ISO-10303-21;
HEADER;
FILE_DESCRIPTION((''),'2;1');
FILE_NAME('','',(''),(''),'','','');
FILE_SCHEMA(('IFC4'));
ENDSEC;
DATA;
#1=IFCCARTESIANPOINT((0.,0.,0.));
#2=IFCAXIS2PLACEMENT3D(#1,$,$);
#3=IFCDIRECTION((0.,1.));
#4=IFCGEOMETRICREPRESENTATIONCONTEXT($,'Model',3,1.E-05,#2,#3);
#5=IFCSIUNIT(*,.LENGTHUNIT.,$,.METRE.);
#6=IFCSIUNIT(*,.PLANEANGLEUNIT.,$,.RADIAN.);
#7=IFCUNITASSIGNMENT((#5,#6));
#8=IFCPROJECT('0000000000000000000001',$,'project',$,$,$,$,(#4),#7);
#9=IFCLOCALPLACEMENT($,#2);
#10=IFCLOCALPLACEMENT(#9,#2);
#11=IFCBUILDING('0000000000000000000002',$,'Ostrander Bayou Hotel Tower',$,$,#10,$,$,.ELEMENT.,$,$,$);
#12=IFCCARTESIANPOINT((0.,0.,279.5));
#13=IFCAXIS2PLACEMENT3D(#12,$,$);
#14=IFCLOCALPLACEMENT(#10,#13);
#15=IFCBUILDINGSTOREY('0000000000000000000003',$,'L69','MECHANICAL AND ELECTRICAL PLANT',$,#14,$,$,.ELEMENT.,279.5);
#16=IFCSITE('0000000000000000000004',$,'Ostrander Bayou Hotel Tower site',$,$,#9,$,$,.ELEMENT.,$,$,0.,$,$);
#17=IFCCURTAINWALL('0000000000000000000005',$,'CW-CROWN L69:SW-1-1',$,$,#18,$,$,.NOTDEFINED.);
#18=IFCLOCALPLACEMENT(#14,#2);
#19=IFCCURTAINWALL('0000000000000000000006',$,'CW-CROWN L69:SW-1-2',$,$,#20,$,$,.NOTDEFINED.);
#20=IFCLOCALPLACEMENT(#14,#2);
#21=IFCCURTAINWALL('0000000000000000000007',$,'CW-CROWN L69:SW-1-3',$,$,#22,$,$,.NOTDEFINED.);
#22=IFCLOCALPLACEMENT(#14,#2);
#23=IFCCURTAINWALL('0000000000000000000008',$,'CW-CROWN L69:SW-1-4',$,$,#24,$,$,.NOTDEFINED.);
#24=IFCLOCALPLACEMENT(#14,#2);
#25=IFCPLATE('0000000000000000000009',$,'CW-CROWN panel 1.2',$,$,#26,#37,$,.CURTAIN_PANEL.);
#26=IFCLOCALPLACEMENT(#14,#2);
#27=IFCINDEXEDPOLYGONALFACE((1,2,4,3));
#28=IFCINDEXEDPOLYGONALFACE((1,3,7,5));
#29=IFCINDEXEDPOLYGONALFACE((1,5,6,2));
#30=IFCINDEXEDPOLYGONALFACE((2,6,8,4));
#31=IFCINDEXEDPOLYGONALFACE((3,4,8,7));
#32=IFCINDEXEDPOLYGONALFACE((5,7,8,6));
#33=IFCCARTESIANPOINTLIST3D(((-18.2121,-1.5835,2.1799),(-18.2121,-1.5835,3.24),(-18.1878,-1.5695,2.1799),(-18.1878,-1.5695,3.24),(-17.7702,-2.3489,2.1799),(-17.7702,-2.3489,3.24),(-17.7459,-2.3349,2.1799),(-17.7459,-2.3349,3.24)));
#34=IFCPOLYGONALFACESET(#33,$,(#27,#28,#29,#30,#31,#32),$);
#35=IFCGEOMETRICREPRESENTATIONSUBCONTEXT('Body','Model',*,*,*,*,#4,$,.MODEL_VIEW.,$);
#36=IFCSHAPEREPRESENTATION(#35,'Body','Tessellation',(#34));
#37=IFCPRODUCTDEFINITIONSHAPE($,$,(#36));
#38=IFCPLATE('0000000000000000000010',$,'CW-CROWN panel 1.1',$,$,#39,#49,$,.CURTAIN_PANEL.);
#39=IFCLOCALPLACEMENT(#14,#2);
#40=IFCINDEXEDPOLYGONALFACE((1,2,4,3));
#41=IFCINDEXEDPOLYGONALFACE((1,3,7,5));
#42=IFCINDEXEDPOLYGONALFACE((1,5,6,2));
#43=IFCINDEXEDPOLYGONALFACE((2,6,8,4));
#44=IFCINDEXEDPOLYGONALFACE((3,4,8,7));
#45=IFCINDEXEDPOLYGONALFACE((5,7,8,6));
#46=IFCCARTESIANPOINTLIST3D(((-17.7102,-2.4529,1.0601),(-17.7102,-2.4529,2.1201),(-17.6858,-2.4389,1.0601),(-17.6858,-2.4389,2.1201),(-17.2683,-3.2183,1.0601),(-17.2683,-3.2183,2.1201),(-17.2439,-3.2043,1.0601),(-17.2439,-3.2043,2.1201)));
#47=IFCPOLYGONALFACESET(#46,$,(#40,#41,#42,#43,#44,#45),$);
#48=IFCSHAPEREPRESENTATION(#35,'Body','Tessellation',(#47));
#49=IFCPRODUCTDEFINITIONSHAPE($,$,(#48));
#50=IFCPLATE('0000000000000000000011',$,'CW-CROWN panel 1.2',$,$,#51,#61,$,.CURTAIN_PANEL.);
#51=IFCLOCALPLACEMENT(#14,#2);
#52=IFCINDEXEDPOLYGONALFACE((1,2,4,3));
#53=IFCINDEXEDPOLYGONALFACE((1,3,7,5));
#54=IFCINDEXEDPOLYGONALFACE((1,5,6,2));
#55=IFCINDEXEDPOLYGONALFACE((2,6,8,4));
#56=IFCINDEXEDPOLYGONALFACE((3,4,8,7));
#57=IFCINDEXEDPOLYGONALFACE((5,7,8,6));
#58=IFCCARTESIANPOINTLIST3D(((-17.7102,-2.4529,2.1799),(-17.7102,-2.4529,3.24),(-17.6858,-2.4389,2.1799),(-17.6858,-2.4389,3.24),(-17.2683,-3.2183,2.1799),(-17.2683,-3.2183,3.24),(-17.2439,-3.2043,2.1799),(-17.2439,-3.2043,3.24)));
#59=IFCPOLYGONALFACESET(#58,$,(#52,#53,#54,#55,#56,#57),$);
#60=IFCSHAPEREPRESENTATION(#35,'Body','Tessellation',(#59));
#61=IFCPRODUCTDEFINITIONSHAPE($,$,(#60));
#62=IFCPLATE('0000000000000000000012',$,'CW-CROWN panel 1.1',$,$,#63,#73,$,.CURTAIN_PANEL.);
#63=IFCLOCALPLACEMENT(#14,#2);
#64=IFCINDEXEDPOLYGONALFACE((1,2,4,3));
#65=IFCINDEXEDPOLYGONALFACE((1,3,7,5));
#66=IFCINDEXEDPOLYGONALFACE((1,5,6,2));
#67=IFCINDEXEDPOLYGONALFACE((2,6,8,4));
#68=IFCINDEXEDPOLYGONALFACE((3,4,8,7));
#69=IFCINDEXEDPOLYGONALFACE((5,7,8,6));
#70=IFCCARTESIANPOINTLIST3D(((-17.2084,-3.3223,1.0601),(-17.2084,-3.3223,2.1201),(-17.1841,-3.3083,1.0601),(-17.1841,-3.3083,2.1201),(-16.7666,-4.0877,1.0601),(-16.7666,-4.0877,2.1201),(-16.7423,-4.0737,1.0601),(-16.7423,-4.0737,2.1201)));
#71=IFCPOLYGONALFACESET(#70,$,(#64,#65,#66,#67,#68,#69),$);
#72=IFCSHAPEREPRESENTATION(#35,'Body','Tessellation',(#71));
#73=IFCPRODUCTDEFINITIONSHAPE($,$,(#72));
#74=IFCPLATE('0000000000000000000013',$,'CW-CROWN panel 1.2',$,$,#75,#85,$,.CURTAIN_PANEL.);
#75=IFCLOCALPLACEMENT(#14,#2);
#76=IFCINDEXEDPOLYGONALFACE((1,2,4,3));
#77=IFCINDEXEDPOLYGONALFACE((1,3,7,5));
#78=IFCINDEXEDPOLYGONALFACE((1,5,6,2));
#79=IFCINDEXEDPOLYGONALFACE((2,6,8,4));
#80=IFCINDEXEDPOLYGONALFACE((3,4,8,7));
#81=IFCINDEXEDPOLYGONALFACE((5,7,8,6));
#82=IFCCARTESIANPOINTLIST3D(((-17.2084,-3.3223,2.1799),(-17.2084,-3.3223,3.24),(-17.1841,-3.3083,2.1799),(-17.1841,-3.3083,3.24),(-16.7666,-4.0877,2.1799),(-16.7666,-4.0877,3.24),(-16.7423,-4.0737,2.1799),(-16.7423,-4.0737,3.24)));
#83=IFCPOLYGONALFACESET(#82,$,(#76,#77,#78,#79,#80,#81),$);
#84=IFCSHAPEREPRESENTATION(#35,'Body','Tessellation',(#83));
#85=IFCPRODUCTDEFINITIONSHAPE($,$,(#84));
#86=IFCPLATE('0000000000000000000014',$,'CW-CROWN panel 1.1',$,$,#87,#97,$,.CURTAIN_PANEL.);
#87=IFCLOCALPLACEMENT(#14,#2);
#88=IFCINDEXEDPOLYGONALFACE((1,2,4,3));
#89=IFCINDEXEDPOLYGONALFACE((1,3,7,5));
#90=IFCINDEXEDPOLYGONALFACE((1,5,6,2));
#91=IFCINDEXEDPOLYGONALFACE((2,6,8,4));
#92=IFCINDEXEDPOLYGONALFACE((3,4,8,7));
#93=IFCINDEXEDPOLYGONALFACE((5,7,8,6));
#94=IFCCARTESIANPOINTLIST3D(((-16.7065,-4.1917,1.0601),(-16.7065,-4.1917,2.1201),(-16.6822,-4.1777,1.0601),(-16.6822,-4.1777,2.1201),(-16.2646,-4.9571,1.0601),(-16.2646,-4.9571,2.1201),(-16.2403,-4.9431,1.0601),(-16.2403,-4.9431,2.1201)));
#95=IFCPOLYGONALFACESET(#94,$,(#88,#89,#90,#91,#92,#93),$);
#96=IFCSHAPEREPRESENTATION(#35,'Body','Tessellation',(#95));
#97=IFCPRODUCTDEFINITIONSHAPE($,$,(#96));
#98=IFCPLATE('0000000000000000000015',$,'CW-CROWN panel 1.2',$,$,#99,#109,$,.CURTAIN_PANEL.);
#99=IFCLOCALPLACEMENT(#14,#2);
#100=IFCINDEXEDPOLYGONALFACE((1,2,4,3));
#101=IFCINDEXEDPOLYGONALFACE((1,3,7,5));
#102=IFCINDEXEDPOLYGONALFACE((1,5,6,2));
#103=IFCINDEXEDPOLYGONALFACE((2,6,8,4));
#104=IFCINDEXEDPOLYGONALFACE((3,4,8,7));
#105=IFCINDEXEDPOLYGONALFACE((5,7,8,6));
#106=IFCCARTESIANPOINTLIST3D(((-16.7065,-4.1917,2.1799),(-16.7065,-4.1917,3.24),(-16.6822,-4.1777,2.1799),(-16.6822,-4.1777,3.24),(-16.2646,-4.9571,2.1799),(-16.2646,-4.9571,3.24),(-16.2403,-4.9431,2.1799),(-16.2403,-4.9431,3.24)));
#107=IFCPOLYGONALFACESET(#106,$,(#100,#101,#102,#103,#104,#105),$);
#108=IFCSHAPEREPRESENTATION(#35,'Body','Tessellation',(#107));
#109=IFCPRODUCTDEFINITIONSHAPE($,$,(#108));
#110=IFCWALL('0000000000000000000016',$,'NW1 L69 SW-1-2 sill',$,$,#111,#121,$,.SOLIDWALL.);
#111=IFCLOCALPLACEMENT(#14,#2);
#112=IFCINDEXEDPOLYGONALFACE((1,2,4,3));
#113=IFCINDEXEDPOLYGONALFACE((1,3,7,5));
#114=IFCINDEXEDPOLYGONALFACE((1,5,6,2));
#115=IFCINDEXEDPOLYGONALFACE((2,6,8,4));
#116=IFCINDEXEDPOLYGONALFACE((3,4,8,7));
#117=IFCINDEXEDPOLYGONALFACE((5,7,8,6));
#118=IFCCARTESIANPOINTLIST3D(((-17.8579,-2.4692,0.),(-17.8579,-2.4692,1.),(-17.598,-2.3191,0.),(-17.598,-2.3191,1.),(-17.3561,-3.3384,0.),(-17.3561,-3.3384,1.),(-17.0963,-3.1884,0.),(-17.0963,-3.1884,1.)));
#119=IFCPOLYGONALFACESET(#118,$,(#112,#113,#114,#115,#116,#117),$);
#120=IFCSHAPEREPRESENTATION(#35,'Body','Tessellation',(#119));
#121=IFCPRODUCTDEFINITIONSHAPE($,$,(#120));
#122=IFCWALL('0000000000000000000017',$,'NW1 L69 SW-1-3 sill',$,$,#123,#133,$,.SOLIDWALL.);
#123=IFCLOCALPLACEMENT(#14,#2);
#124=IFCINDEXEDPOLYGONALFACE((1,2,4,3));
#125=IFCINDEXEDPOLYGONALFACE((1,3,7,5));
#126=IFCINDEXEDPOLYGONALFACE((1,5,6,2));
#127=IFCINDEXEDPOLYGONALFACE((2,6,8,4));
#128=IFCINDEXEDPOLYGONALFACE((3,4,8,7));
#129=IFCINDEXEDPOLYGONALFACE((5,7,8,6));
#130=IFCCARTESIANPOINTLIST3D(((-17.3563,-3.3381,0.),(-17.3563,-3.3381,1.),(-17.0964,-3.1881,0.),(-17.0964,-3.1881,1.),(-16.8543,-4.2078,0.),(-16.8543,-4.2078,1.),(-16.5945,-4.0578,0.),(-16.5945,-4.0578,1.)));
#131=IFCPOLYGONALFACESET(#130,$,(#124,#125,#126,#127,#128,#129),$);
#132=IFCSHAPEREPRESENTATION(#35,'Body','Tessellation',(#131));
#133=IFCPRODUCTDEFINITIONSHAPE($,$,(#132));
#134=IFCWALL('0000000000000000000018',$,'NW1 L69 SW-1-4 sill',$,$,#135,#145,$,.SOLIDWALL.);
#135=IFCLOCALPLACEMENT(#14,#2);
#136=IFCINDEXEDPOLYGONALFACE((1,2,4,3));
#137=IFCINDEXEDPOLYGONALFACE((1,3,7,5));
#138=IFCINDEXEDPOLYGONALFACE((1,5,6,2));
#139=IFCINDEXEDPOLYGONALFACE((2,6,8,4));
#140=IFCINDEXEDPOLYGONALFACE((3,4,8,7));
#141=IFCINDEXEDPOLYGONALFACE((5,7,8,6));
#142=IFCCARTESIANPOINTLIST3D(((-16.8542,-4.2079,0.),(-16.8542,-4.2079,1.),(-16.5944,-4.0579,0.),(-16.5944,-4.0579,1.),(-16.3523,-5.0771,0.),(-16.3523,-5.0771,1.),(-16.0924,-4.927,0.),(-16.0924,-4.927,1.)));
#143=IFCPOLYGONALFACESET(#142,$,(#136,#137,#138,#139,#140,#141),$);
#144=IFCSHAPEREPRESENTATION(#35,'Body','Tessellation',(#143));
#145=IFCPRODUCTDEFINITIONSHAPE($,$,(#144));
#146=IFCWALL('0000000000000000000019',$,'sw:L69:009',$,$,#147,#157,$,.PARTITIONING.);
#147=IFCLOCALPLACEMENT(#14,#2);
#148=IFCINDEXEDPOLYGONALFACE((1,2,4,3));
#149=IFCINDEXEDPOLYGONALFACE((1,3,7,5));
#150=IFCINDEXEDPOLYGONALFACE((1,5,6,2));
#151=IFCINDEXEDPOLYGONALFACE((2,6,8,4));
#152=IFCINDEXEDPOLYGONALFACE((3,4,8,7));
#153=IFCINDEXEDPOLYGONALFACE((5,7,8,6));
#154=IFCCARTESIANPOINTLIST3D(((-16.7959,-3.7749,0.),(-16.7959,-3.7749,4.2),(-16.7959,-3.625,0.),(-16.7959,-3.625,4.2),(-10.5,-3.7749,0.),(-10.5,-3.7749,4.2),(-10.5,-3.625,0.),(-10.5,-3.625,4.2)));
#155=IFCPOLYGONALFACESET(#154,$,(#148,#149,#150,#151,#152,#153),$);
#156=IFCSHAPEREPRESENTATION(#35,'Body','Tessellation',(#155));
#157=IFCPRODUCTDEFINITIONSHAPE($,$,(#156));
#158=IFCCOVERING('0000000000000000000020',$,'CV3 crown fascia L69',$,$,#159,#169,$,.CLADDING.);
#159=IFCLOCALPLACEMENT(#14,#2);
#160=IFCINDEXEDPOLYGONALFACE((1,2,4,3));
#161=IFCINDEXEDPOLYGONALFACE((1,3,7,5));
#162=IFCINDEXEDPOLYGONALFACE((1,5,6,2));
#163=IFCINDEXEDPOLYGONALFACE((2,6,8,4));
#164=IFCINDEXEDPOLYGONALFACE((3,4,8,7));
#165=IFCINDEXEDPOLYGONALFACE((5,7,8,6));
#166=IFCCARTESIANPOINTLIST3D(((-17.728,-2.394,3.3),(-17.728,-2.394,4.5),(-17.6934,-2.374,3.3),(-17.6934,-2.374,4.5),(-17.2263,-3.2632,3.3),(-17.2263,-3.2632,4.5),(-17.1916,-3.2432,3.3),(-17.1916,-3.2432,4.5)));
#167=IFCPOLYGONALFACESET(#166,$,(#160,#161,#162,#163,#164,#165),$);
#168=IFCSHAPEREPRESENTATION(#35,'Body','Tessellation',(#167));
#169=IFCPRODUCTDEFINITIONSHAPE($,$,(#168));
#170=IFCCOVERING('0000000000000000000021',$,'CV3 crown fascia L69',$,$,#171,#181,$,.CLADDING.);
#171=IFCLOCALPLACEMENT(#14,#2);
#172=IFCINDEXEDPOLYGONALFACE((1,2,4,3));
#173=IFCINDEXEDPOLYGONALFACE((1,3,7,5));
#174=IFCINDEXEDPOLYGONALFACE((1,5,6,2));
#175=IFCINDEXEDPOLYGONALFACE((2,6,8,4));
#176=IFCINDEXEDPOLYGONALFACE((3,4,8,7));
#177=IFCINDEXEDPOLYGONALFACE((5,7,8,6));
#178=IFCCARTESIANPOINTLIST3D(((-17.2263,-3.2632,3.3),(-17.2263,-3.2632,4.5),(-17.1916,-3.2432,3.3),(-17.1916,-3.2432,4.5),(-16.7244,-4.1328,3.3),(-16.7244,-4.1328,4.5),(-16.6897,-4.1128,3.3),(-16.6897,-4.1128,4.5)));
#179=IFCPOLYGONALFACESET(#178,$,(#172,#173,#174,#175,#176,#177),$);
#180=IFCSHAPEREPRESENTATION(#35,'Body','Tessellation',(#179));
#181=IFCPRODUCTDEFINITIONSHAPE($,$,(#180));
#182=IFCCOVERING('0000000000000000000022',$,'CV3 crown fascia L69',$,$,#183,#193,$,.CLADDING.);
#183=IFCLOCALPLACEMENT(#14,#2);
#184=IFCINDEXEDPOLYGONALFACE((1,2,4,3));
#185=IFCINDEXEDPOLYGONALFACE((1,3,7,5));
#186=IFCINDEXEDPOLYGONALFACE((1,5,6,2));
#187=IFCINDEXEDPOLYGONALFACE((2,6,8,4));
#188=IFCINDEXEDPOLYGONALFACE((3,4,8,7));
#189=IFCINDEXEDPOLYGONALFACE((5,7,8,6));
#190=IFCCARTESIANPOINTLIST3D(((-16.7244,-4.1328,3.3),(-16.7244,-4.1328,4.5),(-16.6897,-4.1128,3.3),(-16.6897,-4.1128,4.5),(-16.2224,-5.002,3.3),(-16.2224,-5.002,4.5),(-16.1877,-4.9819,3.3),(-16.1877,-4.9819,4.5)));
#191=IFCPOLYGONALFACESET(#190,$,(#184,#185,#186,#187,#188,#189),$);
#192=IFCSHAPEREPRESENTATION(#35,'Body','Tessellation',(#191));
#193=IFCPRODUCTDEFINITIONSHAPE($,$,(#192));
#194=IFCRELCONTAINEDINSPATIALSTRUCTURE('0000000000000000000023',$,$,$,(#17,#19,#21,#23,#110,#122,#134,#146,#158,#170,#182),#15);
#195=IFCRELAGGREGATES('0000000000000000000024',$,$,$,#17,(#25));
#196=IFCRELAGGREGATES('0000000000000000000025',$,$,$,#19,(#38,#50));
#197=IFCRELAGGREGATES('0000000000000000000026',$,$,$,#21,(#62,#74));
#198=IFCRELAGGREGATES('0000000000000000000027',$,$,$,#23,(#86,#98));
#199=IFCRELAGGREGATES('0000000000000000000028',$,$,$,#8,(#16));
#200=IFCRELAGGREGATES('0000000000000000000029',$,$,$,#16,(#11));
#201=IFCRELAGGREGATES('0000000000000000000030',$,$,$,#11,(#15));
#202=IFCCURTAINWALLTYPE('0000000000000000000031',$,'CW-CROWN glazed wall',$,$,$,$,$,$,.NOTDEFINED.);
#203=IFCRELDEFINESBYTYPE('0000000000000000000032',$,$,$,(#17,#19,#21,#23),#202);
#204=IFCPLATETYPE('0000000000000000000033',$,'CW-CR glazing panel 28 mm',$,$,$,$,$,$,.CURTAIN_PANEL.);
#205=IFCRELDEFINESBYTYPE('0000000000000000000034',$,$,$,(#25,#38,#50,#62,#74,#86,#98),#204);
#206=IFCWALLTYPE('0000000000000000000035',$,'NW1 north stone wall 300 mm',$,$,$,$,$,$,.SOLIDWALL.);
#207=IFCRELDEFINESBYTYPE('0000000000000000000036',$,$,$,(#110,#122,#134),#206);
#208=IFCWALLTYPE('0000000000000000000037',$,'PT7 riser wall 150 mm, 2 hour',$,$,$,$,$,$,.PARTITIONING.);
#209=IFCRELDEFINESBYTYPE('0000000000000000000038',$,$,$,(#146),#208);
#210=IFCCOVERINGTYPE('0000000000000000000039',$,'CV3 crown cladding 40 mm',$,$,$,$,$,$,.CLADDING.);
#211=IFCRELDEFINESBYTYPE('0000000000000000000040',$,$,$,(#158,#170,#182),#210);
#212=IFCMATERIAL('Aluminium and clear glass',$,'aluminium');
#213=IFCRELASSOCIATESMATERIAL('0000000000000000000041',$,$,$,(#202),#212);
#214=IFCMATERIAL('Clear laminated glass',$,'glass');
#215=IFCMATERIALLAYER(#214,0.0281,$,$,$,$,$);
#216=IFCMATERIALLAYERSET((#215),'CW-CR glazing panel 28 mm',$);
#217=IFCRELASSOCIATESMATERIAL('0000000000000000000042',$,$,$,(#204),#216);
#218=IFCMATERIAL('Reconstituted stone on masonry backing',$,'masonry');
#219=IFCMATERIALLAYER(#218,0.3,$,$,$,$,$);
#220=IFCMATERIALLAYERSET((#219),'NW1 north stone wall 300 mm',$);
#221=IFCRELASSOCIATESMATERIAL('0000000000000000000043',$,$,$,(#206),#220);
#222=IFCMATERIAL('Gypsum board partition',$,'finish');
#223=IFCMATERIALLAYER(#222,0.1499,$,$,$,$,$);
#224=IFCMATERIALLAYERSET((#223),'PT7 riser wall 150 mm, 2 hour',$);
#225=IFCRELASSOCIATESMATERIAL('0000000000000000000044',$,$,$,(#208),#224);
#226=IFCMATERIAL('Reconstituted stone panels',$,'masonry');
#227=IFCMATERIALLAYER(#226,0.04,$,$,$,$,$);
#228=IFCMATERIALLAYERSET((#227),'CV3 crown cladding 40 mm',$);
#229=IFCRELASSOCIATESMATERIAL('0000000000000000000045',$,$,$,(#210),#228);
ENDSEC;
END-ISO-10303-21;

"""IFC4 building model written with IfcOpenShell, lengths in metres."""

from ifc_helpers import new_model, si_unit, direction, frame, frame_2d, origin, origin_2d, place, context, subcontext, project, spatial, polyline, rectangle, outline, extrude, material, layer, layer_set, type_object, element, aggregate, save


model = new_model("IFC4")

# Units and contexts
model_context = context("Model", 3, precision=1e-05, world=origin(), true_north=direction((0.0, 1.0)))
body_context = subcontext(model_context, "Body", "Model", "MODEL_VIEW")
ifc_project = project(units=[si_unit("LENGTHUNIT", "METRE"), si_unit("PLANEANGLEUNIT", "RADIAN")], contexts=[model_context])

# Site, building, storey
site_placement = place(None, origin())
site = spatial("IfcSite", under=ifc_project, at=site_placement, Name="Ostrander Bayou Hotel Tower site", CompositionType="ELEMENT", RefElevation=0.0)
building_placement = place(site_placement, origin())
building = spatial("IfcBuilding", under=site, at=building_placement, Name="Ostrander Bayou Hotel Tower", CompositionType="ELEMENT")
storey_placement = place(building_placement, frame((0.0, 0.0, 279.5)))
storey = spatial("IfcBuildingStorey", under=building, at=storey_placement, Name="L69", Description="MECHANICAL AND ELECTRICAL PLANT", CompositionType="ELEMENT", Elevation=279.5)

# Curtain walls
ifc_material_1 = material(Name="Aluminium and clear glass", Category="aluminium")
curtain_wall_type = type_object("IfcCurtainWallType", Name="CW-CROWN glazed wall", PredefinedType="NOTDEFINED", material=ifc_material_1)
curtain_wall_1_placement = place(storey_placement, origin())
curtain_wall_1 = element("IfcCurtainWall", 1, at=curtain_wall_1_placement, inside=storey, type_object=curtain_wall_type, Name="CW-CROWN L69:SW-1-1", PredefinedType="NOTDEFINED")
curtain_wall_2_placement = place(storey_placement, origin())
curtain_wall_2 = element("IfcCurtainWall", 2, at=curtain_wall_2_placement, inside=storey, type_object=curtain_wall_type, Name="CW-CROWN L69:SW-1-2", PredefinedType="NOTDEFINED")
curtain_wall_3_placement = place(storey_placement, origin())
curtain_wall_3 = element("IfcCurtainWall", 3, at=curtain_wall_3_placement, inside=storey, type_object=curtain_wall_type, Name="CW-CROWN L69:SW-1-3", PredefinedType="NOTDEFINED")

# Curtain wall
curtain_wall_4_placement = place(storey_placement, origin())
curtain_wall_4 = element("IfcCurtainWall", 4, at=curtain_wall_4_placement, inside=storey, type_object=curtain_wall_type, Name="CW-CROWN L69:SW-1-4", PredefinedType="NOTDEFINED")

# Plates
ifc_material_2 = material(Name="Clear laminated glass", Category="glass")
ifc_layer_1 = layer(ifc_material_2, 0.0281)
ifc_layer_set_1 = layer_set([ifc_layer_1], Name="CW-CR glazing panel 28 mm")
plate_type = type_object("IfcPlateType", Name="CW-CR glazing panel 28 mm", PredefinedType="CURTAIN_PANEL", material=ifc_layer_set_1)
plate_1_placement = place(storey_placement, frame((-17.979, -1.9592, 2.1799), z_axis=(0.0, 0.0, 1.0), x_axis=(0.499964, -0.866046, 0.0)))
plate_1 = element("IfcPlate", 5, at=plate_1_placement, type_object=plate_type, Name="CW-CROWN panel 1.2", PredefinedType="CURTAIN_PANEL", context=body_context, shape_type="SweptSolid", body=[
    extrude(rectangle(XDim=0.8838, YDim=0.0281, at=origin_2d()), origin(), (0.0, 0.0, 1.0), 1.0601),
])
aggregate(curtain_wall_1, [plate_1])
plate_2_placement = place(storey_placement, frame((-17.4771, -2.8286, 1.0601), z_axis=(0.0, 0.0, 1.0), x_axis=(0.500007, -0.866021, 0.0)))
plate_2 = element("IfcPlate", 6, at=plate_2_placement, type_object=plate_type, Name="CW-CROWN panel 1.1", PredefinedType="CURTAIN_PANEL", context=body_context, shape_type="SweptSolid", body=[
    extrude(rectangle(XDim=0.8838, YDim=0.0281, at=origin_2d()), origin(), (0.0, 0.0, 1.0), 1.0601),
])
plate_3_placement = place(storey_placement, frame((-17.4771, -2.8286, 2.1799), z_axis=(0.0, 0.0, 1.0), x_axis=(0.500007, -0.866021, 0.0)))
plate_3 = element("IfcPlate", 7, at=plate_3_placement, type_object=plate_type, Name="CW-CROWN panel 1.2", PredefinedType="CURTAIN_PANEL", context=body_context, shape_type="SweptSolid", body=[
    extrude(rectangle(XDim=0.8838, YDim=0.0281, at=origin_2d()), origin(), (0.0, 0.0, 1.0), 1.0601),
])
aggregate(curtain_wall_2, [plate_2, plate_3])
plate_4_placement = place(storey_placement, frame((-16.9753, -3.698, 1.0601), z_axis=(0.0, 0.0, 1.0), x_axis=(0.499964, -0.866046, 0.0)))
plate_4 = element("IfcPlate", 8, at=plate_4_placement, type_object=plate_type, Name="CW-CROWN panel 1.1", PredefinedType="CURTAIN_PANEL", context=body_context, shape_type="SweptSolid", body=[
    extrude(rectangle(XDim=0.8838, YDim=0.0281, at=origin_2d()), origin(), (0.0, 0.0, 1.0), 1.0601),
])
plate_5_placement = place(storey_placement, frame((-16.9753, -3.698, 2.1799), z_axis=(0.0, 0.0, 1.0), x_axis=(0.499964, -0.866046, 0.0)))
plate_5 = element("IfcPlate", 9, at=plate_5_placement, type_object=plate_type, Name="CW-CROWN panel 1.2", PredefinedType="CURTAIN_PANEL", context=body_context, shape_type="SweptSolid", body=[
    extrude(rectangle(XDim=0.8838, YDim=0.0281, at=origin_2d()), origin(), (0.0, 0.0, 1.0), 1.0601),
])
aggregate(curtain_wall_3, [plate_4, plate_5])
plate_6_placement = place(storey_placement, frame((-16.4734, -4.5674, 1.0601), z_axis=(0.0, 0.0, 1.0), x_axis=(0.500007, -0.866021, 0.0)))
plate_6 = element("IfcPlate", 10, at=plate_6_placement, type_object=plate_type, Name="CW-CROWN panel 1.1", PredefinedType="CURTAIN_PANEL", context=body_context, shape_type="SweptSolid", body=[
    extrude(rectangle(XDim=0.8838, YDim=0.0281, at=origin_2d()), origin(), (0.0, 0.0, 1.0), 1.0601),
])
plate_7_placement = place(storey_placement, frame((-16.4734, -4.5674, 2.1799), z_axis=(0.0, 0.0, 1.0), x_axis=(0.500007, -0.866021, 0.0)))
plate_7 = element("IfcPlate", 11, at=plate_7_placement, type_object=plate_type, Name="CW-CROWN panel 1.2", PredefinedType="CURTAIN_PANEL", context=body_context, shape_type="SweptSolid", body=[
    extrude(rectangle(XDim=0.8838, YDim=0.0281, at=origin_2d()), origin(), (0.0, 0.0, 1.0), 1.0601),
])
aggregate(curtain_wall_4, [plate_6, plate_7])

# Walls
ifc_material_3 = material(Name="Reconstituted stone on masonry backing", Category="masonry")
ifc_layer_2 = layer(ifc_material_3, 0.3)
ifc_layer_set_2 = layer_set([ifc_layer_2], Name="NW1 north stone wall 300 mm")
wall_type_1 = type_object("IfcWallType", Name="NW1 north stone wall 300 mm", PredefinedType="SOLIDWALL", material=ifc_layer_set_2)
wall_1_placement = place(storey_placement, frame((-17.728, -2.394, 0.0), z_axis=(0.0, 0.0, 1.0), x_axis=(0.499933, -0.866064, 0.0)))
element("IfcWall", 12, at=wall_1_placement, inside=storey, type_object=wall_type_1, Name="NW1 L69 SW-1-2 sill", PredefinedType="SOLIDWALL", context=body_context, shape_type="SweptSolid", body=[
    extrude(rectangle(XDim=1.0037, YDim=0.3, at=frame_2d((0.502, 0.0))), origin(), (0.0, 0.0, 1.0), 1.0),
])
wall_2_placement = place(storey_placement, frame((-17.2263, -3.2632, 0.0), z_axis=(0.0, 0.0, 1.0), x_axis=(0.499905, -0.86608, 0.0)))
element("IfcWall", 13, at=wall_2_placement, inside=storey, type_object=wall_type_1, Name="NW1 L69 SW-1-3 sill", PredefinedType="SOLIDWALL", context=body_context, shape_type="SweptSolid", body=[
    extrude(rectangle(XDim=1.0042, YDim=0.3, at=frame_2d((0.502, 0.0))), origin(), (0.0, 0.0, 1.0), 1.0),
])
wall_3_placement = place(storey_placement, frame((-16.7244, -4.1328, 0.0), z_axis=(0.0, 0.0, 1.0), x_axis=(0.500115, -0.865959, 0.0)))
element("IfcWall", 14, at=wall_3_placement, inside=storey, type_object=wall_type_1, Name="NW1 L69 SW-1-4 sill", PredefinedType="SOLIDWALL", context=body_context, shape_type="SweptSolid", body=[
    extrude(rectangle(XDim=1.0037, YDim=0.3, at=frame_2d((0.502, 0.0))), origin(), (0.0, 0.0, 1.0), 1.0),
])
ifc_material_4 = material(Name="Gypsum board partition", Category="finish")
ifc_layer_3 = layer(ifc_material_4, 0.1499)
ifc_layer_set_3 = layer_set([ifc_layer_3], Name="PT7 riser wall 150 mm, 2 hour")
wall_type_2 = type_object("IfcWallType", Name="PT7 riser wall 150 mm, 2 hour", PredefinedType="PARTITIONING", material=ifc_layer_set_3)
wall_4_placement = place(storey_placement, frame((-16.7959, -3.7, 0.0), z_axis=(0.0, 0.0, 1.0), x_axis=(1.0, 0.0, 0.0)))
element("IfcWall", 15, at=wall_4_placement, inside=storey, type_object=wall_type_2, Name="sw:L69:009", PredefinedType="PARTITIONING", context=body_context, shape_type="SweptSolid", body=[
    extrude(rectangle(XDim=6.2959, YDim=0.1499, at=frame_2d((3.1479, 0.0))), origin(), (0.0, 0.0, 1.0), 4.2),
])

# Coverings
ifc_material_5 = material(Name="Reconstituted stone panels", Category="masonry")
ifc_layer_4 = layer(ifc_material_5, 0.04)
ifc_layer_set_4 = layer_set([ifc_layer_4], Name="CV3 crown cladding 40 mm")
covering_type = type_object("IfcCoveringType", Name="CV3 crown cladding 40 mm", PredefinedType="CLADDING", material=ifc_layer_set_4)
covering_1_placement = place(storey_placement, frame((-17.728, -2.394, 3.3), z_axis=(-0.866064, -0.499933, 0.0), x_axis=(0.499933, -0.866064, 0.0)))
element("IfcCovering", 16, at=covering_1_placement, inside=storey, type_object=covering_type, Name="CV3 crown fascia L69", PredefinedType="CLADDING", context=body_context, shape_type="SweptSolid", body=[
    extrude(outline(polyline([(0.0, 0.0), (1.0036, 0.0), (1.0036, 1.2), (0.0, 1.2), (0.0, 0.0)])), origin(), (0.0, 0.0, -1.0), 0.04),
])
covering_2_placement = place(storey_placement, frame((-17.2263, -3.2632, 3.3), z_axis=(-0.86608, -0.499905, 0.0), x_axis=(0.499905, -0.86608, 0.0)))
element("IfcCovering", 17, at=covering_2_placement, inside=storey, type_object=covering_type, Name="CV3 crown fascia L69", PredefinedType="CLADDING", context=body_context, shape_type="SweptSolid", body=[
    extrude(outline(polyline([(0.0, 0.0), (1.0041, 0.0), (1.0041, 1.2), (0.0, 1.2), (0.0, 0.0)])), origin(), (0.0, 0.0, -1.0), 0.04),
])
covering_3_placement = place(storey_placement, frame((-16.7244, -4.1328, 3.3), z_axis=(-0.865959, -0.500115, 0.0), x_axis=(0.500115, -0.865959, 0.0)))
element("IfcCovering", 18, at=covering_3_placement, inside=storey, type_object=covering_type, Name="CV3 crown fascia L69", PredefinedType="CLADDING", context=body_context, shape_type="SweptSolid", body=[
    extrude(outline(polyline([(0.0, 0.0), (1.0037, 0.0), (1.0037, 1.2), (0.0, 1.2), (0.0, 0.0)])), origin(), (0.0, 0.0, -1.0), 0.04),
])

save(model, "model.ifc")
